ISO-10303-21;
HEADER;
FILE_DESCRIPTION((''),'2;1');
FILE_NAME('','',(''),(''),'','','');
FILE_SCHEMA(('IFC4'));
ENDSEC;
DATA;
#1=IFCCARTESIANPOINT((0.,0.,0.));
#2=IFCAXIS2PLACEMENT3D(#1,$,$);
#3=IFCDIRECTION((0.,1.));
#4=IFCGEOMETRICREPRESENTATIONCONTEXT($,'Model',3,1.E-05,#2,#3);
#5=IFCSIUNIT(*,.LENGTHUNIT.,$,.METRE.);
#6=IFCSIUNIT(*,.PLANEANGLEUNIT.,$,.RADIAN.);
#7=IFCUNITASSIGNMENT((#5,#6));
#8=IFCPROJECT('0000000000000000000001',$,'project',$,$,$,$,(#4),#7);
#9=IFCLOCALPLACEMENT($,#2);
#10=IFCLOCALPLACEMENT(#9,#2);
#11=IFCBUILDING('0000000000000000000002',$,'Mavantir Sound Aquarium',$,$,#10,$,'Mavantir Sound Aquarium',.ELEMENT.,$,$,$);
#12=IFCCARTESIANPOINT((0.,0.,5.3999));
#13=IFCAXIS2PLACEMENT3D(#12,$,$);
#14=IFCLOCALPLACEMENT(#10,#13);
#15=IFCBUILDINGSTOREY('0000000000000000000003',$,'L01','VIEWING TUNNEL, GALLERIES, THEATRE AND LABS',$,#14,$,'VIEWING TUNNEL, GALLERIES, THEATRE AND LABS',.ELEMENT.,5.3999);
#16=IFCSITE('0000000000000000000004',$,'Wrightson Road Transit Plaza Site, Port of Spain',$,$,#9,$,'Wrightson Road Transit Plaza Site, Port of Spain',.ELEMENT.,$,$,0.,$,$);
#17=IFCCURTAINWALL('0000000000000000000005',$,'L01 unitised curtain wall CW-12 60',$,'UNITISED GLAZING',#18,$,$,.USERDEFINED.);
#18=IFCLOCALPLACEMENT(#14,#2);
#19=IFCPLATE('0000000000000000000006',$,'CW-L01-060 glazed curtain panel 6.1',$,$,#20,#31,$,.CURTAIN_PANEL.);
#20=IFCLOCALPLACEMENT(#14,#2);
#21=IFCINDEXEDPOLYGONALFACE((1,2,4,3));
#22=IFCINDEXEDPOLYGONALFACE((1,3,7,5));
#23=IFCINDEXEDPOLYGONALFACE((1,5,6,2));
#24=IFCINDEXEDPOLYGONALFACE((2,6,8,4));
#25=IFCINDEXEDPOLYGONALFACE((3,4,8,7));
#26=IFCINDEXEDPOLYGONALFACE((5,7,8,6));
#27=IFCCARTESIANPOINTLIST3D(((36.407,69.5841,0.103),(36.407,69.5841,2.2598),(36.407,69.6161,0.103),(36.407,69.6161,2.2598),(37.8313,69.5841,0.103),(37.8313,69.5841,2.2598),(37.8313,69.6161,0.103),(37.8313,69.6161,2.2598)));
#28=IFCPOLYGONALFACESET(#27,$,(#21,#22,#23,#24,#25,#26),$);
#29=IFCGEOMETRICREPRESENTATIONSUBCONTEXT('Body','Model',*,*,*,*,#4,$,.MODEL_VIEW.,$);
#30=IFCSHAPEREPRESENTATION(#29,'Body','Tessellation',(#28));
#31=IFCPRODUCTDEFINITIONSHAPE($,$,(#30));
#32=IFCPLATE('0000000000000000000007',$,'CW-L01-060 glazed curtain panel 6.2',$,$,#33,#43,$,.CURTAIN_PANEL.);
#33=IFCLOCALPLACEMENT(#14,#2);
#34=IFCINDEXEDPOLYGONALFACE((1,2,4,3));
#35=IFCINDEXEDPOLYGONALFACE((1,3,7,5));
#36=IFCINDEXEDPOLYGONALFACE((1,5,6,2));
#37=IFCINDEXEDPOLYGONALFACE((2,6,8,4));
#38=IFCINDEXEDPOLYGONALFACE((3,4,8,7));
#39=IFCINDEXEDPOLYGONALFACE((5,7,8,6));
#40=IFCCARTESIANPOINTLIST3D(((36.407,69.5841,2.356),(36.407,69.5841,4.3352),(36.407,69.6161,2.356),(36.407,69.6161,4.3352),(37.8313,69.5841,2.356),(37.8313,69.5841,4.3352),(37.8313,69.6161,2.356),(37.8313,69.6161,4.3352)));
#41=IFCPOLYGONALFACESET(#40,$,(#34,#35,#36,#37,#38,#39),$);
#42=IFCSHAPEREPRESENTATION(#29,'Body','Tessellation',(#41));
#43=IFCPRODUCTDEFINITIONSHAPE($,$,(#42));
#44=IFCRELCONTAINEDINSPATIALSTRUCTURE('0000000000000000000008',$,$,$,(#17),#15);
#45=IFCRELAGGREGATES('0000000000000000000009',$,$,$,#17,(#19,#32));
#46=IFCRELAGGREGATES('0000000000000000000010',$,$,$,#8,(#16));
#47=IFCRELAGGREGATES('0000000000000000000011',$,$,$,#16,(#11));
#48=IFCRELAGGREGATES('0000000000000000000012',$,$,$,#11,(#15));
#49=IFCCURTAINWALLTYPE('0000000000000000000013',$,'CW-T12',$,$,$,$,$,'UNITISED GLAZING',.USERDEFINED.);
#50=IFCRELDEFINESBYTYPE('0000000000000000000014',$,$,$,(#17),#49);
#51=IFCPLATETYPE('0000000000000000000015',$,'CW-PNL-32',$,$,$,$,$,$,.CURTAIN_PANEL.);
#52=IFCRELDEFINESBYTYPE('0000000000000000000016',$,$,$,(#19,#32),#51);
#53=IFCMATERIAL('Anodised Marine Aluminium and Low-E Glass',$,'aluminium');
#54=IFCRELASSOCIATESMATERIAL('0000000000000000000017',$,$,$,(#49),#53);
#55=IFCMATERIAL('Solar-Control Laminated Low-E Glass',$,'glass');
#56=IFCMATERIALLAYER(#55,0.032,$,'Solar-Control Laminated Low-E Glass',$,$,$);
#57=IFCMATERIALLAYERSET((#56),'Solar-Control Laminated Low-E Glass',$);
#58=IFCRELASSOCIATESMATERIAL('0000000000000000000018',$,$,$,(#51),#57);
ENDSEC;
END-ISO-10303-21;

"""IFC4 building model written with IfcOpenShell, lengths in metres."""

from ifc_helpers import new_model, si_unit, direction, frame, origin, origin_2d, place, context, subcontext, project, spatial, rectangle, extrude, material, layer, layer_set, type_object, element, aggregate, save


model = new_model("IFC4")

# Units and contexts
model_context = context("Model", 3, precision=1e-05, world=origin(), true_north=direction((0.0, 1.0)))
body_context = subcontext(model_context, "Body", "Model", "MODEL_VIEW")
ifc_project = project(units=[si_unit("LENGTHUNIT", "METRE"), si_unit("PLANEANGLEUNIT", "RADIAN")], contexts=[model_context])

# Site, building, storey
site_placement = place(None, origin())
site = spatial("IfcSite", under=ifc_project, at=site_placement, Name="Wrightson Road Transit Plaza Site, Port of Spain", LongName="Wrightson Road Transit Plaza Site, Port of Spain", CompositionType="ELEMENT", RefElevation=0.0)
building_placement = place(site_placement, origin())
building = spatial("IfcBuilding", under=site, at=building_placement, Name="Mavantir Sound Aquarium", LongName="Mavantir Sound Aquarium", CompositionType="ELEMENT")
storey_placement = place(building_placement, frame((0.0, 0.0, 5.3999)))
storey = spatial("IfcBuildingStorey", under=building, at=storey_placement, Name="L01", Description="VIEWING TUNNEL, GALLERIES, THEATRE AND LABS", LongName="VIEWING TUNNEL, GALLERIES, THEATRE AND LABS", CompositionType="ELEMENT", Elevation=5.3999)

# Curtain wall
ifc_material_1 = material(Name="Anodised Marine Aluminium and Low-E Glass", Category="aluminium")
curtain_wall_type_1 = type_object("IfcCurtainWallType", Name="CW-T12", ElementType="UNITISED GLAZING", PredefinedType="USERDEFINED", material=ifc_material_1)
curtain_wall_1_placement = place(storey_placement, origin())
curtain_wall_1 = element("IfcCurtainWall", 1, at=curtain_wall_1_placement, inside=storey, type_object=curtain_wall_type_1, Name="L01 unitised curtain wall CW-12 60", ObjectType="UNITISED GLAZING", PredefinedType="USERDEFINED")

# Plates
ifc_material_2 = material(Name="Solar-Control Laminated Low-E Glass", Category="glass")
ifc_layer_1 = layer(ifc_material_2, 0.032, Name="Solar-Control Laminated Low-E Glass")
ifc_layer_set_1 = layer_set([ifc_layer_1], Name="Solar-Control Laminated Low-E Glass")
plate_type_1 = type_object("IfcPlateType", Name="CW-PNL-32", PredefinedType="CURTAIN_PANEL", material=ifc_layer_set_1)
plate_1_placement = place(storey_placement, frame((37.1191, 69.6001, 0.103), z_axis=(0.0, 0.0, 1.0), x_axis=(-1.0, 0.0, 0.0)))
plate_1 = element("IfcPlate", 2, at=plate_1_placement, type_object=plate_type_1, Name="CW-L01-060 glazed curtain panel 6.1", PredefinedType="CURTAIN_PANEL", context=body_context, shape_type="SweptSolid", body=[
    extrude(rectangle(XDim=1.4243, YDim=0.032, at=origin_2d()), origin(), (0.0, 0.0, 1.0), 2.1567),
])
plate_2_placement = place(storey_placement, frame((37.1191, 69.6001, 2.356), z_axis=(0.0, 0.0, 1.0), x_axis=(-1.0, 0.0, 0.0)))
plate_2 = element("IfcPlate", 3, at=plate_2_placement, type_object=plate_type_1, Name="CW-L01-060 glazed curtain panel 6.2", PredefinedType="CURTAIN_PANEL", context=body_context, shape_type="SweptSolid", body=[
    extrude(rectangle(XDim=1.4243, YDim=0.032, at=origin_2d()), origin(), (0.0, 0.0, 1.0), 1.9792),
])
aggregate(curtain_wall_1, [plate_1, plate_2])

save(model, "model.ifc")
